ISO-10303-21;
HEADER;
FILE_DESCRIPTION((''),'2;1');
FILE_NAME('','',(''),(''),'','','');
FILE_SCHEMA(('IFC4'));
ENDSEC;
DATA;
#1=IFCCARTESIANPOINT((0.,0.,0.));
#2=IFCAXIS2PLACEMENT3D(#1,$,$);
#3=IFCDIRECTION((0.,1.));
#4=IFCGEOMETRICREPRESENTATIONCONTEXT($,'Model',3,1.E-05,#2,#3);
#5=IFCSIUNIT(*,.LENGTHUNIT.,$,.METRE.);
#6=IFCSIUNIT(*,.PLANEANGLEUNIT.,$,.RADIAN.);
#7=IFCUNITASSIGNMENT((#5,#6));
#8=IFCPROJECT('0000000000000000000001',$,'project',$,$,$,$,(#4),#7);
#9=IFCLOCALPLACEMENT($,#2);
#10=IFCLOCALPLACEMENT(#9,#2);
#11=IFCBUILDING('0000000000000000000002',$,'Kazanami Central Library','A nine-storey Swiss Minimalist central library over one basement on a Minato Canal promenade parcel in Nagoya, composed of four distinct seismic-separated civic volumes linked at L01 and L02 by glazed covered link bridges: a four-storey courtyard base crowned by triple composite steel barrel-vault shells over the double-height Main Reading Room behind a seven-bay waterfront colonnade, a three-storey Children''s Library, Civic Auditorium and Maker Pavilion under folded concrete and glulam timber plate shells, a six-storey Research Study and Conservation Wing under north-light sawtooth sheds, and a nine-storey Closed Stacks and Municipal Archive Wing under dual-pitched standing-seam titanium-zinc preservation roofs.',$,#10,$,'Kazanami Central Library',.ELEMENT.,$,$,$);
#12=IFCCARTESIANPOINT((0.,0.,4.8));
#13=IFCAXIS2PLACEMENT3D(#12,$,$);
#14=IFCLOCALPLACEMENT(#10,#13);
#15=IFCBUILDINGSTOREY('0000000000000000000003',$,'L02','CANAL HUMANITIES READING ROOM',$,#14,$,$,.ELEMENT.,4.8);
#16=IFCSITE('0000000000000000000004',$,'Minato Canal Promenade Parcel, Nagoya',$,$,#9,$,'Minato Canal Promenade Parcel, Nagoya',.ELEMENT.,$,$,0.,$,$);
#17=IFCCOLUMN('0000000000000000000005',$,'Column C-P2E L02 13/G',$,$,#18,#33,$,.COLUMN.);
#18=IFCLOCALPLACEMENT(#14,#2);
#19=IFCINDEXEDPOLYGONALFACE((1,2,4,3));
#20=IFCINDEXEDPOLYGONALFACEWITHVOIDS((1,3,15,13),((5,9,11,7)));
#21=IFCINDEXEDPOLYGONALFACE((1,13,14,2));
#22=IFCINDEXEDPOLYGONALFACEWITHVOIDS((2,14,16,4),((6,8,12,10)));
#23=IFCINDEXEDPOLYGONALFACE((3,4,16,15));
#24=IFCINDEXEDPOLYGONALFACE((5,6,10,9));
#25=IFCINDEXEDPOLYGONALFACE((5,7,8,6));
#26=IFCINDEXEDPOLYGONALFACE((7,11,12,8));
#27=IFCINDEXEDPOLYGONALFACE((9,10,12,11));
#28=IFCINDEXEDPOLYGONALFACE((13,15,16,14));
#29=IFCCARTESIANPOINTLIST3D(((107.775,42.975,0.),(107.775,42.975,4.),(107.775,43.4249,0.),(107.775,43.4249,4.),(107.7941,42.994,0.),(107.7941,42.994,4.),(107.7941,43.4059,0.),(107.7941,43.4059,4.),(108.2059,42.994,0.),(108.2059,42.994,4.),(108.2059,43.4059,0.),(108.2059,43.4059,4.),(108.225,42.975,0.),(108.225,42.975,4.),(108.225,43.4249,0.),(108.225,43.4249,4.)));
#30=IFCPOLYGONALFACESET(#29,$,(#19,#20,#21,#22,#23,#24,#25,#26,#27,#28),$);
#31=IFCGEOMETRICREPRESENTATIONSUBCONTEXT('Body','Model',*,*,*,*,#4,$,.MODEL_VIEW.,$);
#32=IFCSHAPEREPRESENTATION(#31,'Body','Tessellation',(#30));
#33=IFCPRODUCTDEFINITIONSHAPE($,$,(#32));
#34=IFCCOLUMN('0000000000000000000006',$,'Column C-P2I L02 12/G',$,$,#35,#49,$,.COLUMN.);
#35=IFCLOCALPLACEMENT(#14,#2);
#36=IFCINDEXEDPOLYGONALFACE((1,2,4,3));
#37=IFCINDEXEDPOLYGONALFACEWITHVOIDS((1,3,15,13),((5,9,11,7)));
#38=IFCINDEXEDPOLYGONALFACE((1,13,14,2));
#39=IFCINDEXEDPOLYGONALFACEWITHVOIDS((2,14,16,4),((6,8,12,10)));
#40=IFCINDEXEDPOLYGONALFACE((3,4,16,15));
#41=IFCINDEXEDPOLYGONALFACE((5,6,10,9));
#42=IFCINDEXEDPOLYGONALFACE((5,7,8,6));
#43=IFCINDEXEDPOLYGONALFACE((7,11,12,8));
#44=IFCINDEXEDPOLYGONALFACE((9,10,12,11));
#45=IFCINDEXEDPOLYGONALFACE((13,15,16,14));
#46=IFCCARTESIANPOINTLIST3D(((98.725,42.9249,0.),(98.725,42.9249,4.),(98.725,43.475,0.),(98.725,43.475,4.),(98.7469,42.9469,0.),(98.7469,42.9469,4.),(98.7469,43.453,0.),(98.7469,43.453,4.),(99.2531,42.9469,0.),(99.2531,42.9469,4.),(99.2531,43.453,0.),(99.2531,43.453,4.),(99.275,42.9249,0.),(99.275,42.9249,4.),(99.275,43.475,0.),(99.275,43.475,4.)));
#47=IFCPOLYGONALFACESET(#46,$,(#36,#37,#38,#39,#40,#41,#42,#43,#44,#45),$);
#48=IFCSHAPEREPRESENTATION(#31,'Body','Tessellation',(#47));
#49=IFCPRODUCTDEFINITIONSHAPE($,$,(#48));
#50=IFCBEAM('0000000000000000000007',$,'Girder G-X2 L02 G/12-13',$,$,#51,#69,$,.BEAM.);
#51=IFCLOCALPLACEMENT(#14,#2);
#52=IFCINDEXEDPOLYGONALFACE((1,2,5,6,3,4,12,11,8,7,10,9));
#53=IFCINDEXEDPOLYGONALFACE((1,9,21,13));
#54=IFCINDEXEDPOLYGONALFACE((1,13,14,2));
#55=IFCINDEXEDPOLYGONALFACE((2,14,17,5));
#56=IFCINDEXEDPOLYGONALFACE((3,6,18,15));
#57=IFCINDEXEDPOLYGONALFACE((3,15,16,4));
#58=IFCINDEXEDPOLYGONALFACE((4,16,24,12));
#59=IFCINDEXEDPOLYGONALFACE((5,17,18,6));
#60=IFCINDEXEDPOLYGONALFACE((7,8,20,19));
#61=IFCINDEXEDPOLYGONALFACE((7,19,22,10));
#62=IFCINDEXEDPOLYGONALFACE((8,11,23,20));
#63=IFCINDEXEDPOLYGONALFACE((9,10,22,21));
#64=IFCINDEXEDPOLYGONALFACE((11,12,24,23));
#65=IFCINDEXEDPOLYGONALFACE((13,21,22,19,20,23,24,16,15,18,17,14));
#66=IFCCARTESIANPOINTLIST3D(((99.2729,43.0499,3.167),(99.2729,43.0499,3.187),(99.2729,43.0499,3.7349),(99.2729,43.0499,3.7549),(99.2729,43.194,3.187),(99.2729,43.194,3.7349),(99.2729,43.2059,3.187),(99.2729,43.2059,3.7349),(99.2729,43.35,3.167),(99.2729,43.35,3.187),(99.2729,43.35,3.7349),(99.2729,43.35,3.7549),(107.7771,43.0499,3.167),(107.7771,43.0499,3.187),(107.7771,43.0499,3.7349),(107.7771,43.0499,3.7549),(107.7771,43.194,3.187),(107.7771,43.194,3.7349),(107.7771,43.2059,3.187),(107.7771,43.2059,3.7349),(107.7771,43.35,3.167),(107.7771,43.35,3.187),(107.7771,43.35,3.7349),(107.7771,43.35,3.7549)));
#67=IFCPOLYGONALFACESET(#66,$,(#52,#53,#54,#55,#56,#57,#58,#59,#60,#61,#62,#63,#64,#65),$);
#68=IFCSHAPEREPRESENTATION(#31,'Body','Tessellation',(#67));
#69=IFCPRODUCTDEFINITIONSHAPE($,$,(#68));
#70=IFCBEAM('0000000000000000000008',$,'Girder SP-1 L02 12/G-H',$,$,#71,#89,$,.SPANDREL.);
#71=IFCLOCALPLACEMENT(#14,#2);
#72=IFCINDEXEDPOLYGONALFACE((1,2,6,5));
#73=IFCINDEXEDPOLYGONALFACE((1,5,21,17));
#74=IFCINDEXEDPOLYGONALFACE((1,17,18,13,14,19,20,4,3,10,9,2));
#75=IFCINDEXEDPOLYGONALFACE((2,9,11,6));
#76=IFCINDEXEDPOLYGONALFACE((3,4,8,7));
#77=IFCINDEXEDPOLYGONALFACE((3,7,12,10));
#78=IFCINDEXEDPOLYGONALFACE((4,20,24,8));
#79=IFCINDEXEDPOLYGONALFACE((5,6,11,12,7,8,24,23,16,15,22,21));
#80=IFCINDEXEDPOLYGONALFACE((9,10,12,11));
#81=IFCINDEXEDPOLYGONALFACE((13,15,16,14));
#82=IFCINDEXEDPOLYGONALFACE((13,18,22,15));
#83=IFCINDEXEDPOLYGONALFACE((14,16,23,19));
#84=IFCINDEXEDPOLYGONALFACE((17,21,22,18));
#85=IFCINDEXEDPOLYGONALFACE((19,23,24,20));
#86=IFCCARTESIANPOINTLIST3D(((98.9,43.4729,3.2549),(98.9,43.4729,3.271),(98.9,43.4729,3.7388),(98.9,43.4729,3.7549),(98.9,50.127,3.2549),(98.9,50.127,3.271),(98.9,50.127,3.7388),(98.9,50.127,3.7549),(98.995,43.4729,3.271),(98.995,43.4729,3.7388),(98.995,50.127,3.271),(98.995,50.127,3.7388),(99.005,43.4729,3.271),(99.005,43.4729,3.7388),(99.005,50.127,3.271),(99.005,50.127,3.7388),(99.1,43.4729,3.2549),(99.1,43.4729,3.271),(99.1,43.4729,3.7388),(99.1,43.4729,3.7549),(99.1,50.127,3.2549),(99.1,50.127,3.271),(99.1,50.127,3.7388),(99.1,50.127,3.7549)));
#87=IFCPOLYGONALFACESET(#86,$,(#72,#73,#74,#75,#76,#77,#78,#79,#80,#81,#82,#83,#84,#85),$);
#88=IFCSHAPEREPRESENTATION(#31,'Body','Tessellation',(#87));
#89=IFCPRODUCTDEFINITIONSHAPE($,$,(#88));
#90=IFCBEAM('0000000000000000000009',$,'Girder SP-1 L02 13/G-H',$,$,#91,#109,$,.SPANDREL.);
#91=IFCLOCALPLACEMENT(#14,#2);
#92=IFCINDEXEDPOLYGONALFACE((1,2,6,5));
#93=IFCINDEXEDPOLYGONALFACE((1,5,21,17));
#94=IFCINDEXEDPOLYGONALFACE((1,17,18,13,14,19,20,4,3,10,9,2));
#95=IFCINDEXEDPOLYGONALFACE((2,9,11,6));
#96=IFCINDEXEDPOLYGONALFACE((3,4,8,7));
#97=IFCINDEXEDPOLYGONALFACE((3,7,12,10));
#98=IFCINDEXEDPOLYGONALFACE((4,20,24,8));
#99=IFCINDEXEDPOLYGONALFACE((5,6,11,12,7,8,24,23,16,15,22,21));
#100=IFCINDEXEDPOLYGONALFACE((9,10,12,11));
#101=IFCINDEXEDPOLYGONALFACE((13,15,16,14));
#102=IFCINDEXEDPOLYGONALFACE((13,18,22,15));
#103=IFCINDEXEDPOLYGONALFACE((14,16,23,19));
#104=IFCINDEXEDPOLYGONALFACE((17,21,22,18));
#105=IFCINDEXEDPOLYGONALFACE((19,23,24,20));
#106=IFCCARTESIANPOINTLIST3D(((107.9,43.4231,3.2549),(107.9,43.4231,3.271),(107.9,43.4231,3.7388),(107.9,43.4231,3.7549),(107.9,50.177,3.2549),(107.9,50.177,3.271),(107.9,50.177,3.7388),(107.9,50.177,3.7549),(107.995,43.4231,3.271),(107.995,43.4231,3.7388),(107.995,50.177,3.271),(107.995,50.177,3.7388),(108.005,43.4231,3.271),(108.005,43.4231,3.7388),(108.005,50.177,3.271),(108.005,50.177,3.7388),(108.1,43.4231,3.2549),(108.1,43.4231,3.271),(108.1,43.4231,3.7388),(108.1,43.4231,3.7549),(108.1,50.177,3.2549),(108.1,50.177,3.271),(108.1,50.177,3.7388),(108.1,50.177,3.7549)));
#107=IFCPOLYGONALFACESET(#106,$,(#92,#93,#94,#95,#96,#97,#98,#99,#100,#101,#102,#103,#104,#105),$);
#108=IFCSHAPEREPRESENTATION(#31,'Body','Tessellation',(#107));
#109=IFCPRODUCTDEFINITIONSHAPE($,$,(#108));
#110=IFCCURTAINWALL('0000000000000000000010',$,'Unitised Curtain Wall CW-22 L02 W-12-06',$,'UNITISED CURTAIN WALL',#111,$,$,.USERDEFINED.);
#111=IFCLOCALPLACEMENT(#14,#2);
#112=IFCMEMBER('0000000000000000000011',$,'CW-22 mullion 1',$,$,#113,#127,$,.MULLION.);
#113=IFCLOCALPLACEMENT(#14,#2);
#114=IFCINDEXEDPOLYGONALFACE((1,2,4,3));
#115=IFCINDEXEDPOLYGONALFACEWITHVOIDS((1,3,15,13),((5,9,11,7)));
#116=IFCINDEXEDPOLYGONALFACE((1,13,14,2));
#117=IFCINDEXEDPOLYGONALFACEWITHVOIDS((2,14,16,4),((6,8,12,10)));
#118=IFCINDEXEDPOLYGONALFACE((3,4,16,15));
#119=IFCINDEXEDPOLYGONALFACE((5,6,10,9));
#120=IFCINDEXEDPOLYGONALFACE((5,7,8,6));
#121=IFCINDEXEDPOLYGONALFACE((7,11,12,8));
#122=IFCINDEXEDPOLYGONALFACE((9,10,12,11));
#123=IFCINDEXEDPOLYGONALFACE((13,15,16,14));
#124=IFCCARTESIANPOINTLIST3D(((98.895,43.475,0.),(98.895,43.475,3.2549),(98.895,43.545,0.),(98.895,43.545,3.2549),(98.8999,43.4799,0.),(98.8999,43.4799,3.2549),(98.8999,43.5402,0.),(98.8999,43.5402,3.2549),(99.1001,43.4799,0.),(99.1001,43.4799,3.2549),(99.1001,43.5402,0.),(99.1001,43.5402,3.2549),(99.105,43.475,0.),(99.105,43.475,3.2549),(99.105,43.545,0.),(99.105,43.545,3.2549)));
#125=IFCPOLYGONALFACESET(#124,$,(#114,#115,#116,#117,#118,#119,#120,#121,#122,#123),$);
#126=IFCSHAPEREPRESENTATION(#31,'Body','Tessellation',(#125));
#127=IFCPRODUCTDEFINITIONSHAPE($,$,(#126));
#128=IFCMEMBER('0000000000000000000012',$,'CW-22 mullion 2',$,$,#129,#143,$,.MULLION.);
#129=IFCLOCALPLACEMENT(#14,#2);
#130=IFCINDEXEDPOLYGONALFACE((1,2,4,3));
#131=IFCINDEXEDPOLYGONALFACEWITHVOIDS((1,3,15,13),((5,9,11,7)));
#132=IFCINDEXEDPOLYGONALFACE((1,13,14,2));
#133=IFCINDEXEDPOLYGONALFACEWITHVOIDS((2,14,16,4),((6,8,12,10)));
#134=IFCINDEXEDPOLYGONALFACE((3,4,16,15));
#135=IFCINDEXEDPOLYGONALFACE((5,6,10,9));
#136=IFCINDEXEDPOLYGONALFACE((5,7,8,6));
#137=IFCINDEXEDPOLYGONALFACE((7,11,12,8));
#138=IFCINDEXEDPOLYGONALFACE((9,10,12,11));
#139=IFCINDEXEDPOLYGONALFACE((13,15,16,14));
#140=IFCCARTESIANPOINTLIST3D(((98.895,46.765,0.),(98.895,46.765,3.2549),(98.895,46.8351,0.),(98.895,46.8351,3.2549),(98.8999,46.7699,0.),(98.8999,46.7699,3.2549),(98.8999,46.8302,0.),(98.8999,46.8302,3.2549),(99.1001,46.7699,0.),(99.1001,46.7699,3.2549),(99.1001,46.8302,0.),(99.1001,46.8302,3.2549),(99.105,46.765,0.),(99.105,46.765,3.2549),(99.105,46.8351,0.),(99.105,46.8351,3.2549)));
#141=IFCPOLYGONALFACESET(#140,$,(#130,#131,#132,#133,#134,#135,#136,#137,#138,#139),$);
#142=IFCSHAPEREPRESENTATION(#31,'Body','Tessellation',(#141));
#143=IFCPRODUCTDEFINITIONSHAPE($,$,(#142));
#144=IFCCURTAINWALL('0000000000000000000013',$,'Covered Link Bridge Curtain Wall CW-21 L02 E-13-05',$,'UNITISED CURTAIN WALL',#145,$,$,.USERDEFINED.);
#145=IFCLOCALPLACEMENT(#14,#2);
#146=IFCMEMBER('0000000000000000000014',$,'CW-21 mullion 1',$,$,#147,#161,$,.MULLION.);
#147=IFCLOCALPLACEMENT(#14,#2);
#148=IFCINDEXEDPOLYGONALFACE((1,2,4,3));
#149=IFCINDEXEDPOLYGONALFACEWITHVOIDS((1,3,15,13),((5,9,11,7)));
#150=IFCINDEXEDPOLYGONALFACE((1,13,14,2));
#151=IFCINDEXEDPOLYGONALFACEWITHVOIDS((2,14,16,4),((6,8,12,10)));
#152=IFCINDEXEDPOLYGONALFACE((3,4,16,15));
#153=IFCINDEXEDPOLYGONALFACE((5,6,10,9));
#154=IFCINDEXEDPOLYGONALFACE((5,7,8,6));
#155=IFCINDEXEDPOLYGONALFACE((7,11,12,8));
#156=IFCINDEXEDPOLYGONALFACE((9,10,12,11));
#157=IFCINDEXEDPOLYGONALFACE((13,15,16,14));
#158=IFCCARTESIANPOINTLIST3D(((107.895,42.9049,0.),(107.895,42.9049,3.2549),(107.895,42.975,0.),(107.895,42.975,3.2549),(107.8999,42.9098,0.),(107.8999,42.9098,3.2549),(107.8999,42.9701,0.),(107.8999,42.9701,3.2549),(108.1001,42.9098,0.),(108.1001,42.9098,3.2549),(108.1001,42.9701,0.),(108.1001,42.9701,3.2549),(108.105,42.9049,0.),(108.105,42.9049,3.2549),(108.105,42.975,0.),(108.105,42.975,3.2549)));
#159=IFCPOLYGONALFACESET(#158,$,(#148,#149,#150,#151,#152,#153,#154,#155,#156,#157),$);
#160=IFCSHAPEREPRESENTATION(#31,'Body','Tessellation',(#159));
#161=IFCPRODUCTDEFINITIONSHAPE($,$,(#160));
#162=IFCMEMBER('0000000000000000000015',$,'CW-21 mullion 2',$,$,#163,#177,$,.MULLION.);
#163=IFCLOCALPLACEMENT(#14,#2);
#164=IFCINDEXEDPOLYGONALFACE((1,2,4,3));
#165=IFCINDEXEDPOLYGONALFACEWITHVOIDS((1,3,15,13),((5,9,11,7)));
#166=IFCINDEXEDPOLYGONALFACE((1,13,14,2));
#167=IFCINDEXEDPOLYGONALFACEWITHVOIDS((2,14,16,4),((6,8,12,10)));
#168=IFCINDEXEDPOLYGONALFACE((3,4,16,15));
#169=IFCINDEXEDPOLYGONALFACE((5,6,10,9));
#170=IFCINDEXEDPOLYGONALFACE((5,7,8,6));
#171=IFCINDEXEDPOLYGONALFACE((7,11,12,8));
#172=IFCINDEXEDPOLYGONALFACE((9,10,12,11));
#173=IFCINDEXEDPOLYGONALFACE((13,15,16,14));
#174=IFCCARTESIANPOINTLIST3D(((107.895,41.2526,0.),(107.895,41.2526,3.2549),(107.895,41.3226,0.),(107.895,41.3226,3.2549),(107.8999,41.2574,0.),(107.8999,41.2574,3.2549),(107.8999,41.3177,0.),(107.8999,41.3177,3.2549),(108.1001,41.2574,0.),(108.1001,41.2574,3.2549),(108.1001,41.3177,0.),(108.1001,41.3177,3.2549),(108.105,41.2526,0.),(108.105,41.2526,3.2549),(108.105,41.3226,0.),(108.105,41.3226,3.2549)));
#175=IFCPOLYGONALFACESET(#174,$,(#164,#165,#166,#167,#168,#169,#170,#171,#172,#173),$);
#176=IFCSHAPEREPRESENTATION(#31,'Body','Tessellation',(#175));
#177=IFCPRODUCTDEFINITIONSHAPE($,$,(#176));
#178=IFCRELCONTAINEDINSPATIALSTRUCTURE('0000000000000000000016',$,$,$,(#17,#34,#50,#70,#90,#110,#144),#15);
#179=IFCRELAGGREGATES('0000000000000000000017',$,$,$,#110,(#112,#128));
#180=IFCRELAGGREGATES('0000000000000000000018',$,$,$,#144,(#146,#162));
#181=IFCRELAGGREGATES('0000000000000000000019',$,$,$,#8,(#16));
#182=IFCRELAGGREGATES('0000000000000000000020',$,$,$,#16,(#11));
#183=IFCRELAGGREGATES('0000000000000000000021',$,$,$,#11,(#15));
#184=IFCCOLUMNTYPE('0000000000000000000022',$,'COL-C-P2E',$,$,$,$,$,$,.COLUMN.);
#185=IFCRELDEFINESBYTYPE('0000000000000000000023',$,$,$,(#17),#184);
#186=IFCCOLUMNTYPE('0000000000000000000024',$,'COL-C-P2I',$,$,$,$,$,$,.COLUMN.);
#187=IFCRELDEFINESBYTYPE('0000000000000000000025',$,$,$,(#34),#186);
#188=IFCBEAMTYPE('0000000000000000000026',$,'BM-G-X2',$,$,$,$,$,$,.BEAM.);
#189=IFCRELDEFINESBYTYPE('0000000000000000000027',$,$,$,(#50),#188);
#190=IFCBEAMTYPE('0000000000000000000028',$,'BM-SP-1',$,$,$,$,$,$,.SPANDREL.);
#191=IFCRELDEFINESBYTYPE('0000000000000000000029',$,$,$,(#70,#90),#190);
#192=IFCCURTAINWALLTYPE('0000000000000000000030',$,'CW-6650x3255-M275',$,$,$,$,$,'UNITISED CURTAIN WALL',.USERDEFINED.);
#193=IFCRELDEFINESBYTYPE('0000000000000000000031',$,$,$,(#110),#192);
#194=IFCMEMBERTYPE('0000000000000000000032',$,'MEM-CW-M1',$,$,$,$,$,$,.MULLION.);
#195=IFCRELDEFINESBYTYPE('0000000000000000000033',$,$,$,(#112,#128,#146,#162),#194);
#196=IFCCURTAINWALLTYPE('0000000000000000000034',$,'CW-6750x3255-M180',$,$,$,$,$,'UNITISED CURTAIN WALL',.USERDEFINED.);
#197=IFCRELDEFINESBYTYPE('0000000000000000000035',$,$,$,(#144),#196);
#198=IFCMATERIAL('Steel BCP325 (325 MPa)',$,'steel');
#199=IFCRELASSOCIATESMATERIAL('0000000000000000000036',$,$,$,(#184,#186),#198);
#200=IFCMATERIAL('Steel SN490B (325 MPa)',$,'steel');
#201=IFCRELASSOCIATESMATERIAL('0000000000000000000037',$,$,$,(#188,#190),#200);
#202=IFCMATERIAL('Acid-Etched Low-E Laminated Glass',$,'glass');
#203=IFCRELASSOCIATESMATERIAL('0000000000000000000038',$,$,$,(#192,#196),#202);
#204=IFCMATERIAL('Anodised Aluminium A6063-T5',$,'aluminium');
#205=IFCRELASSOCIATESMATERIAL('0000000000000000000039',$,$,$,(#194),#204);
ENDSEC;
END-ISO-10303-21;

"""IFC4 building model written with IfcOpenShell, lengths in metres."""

from ifc_helpers import new_model, si_unit, direction, frame, origin, origin_2d, place, context, subcontext, project, spatial, hollow_rectangle, i_section, extrude, material, material_profile, profile_set, type_object, element, aggregate, save


model = new_model("IFC4")

# Units and contexts
model_context = context("Model", 3, precision=1e-05, world=origin(), true_north=direction((0.0, 1.0)))
body_context = subcontext(model_context, "Body", "Model", "MODEL_VIEW")
ifc_project = project(units=[si_unit("LENGTHUNIT", "METRE"), si_unit("PLANEANGLEUNIT", "RADIAN")], contexts=[model_context])

# Site, building, storey
site_placement = place(None, origin())
site = spatial("IfcSite", under=ifc_project, at=site_placement, Name="Minato Canal Promenade Parcel, Nagoya", LongName="Minato Canal Promenade Parcel, Nagoya", CompositionType="ELEMENT", RefElevation=0.0)
building_placement = place(site_placement, origin())
building = spatial("IfcBuilding", under=site, at=building_placement, Name="Kazanami Central Library", Description="A nine-storey Swiss Minimalist central library over one basement on a Minato Canal promenade parcel in Nagoya, composed of four distinct seismic-separated civic volumes linked at L01 and L02 by glazed covered link bridges: a four-storey courtyard base crowned by triple composite steel barrel-vault shells over the double-height Main Reading Room behind a seven-bay waterfront colonnade, a three-storey Children's Library, Civic Auditorium and Maker Pavilion under folded concrete and glulam timber plate shells, a six-storey Research Study and Conservation Wing under north-light sawtooth sheds, and a nine-storey Closed Stacks and Municipal Archive Wing under dual-pitched standing-seam titanium-zinc preservation roofs.", LongName="Kazanami Central Library", CompositionType="ELEMENT")
storey_placement = place(building_placement, frame((0.0, 0.0, 4.8)))
storey = spatial("IfcBuildingStorey", under=building, at=storey_placement, Name="L02", Description="CANAL HUMANITIES READING ROOM", CompositionType="ELEMENT", Elevation=4.8)

# Columns
ifc_material_1 = material(Name="Steel BCP325 (325 MPa)", Category="steel")
ifc_material_profile_1 = material_profile(ifc_material_1, hollow_rectangle(XDim=0.45, YDim=0.45, WallThickness=0.019, at=origin_2d()), Name="BCP-450x450x19")
ifc_profile_set_1 = profile_set([ifc_material_profile_1], Name="Steel BCP325 (325 MPa)")
column_type_1 = type_object("IfcColumnType", Name="COL-C-P2E", PredefinedType="COLUMN", material=ifc_profile_set_1)
column_1_placement = place(storey_placement, frame((108.0, 43.2, 0.0), z_axis=(0.0, 0.0, 1.0), x_axis=(1.0, 0.0, 0.0)))
element("IfcColumn", 1, at=column_1_placement, inside=storey, type_object=column_type_1, Name="Column C-P2E L02 13/G", PredefinedType="COLUMN", context=body_context, shape_type="SweptSolid", body=[
    extrude(hollow_rectangle(XDim=0.45, YDim=0.45, WallThickness=0.019, at=origin_2d()), origin(), (0.0, 0.0, 1.0), 4.0),
])
ifc_material_profile_2 = material_profile(ifc_material_1, hollow_rectangle(XDim=0.55, YDim=0.55, WallThickness=0.022, at=origin_2d()), Name="BCP-550x550x22")
ifc_profile_set_2 = profile_set([ifc_material_profile_2], Name="Steel BCP325 (325 MPa)")
column_type_2 = type_object("IfcColumnType", Name="COL-C-P2I", PredefinedType="COLUMN", material=ifc_profile_set_2)
column_2_placement = place(storey_placement, frame((99.0, 43.2, 0.0), z_axis=(0.0, 0.0, 1.0), x_axis=(1.0, 0.0, 0.0)))
element("IfcColumn", 2, at=column_2_placement, inside=storey, type_object=column_type_2, Name="Column C-P2I L02 12/G", PredefinedType="COLUMN", context=body_context, shape_type="SweptSolid", body=[
    extrude(hollow_rectangle(XDim=0.55, YDim=0.55, WallThickness=0.022, at=origin_2d()), origin(), (0.0, 0.0, 1.0), 4.0),
])

# Beams
ifc_material_2 = material(Name="Steel SN490B (325 MPa)", Category="steel")
ifc_material_profile_3 = material_profile(ifc_material_2, i_section(OverallWidth=0.3, OverallDepth=0.5879, WebThickness=0.012, FlangeThickness=0.02, at=origin_2d()), Name="H-588x300x12x20")
ifc_profile_set_3 = profile_set([ifc_material_profile_3], Name="Steel SN490B (325 MPa)")
beam_type_1 = type_object("IfcBeamType", Name="BM-G-X2", PredefinedType="BEAM", material=ifc_profile_set_3)
beam_1_placement = place(storey_placement, frame((99.2729, 43.2, 3.4609), z_axis=(1.0, 0.0, 0.0), x_axis=(0.0, 1.0, 0.0)))
element("IfcBeam", 3, at=beam_1_placement, inside=storey, type_object=beam_type_1, Name="Girder G-X2 L02 G/12-13", PredefinedType="BEAM", context=body_context, shape_type="SweptSolid", body=[
    extrude(i_section(OverallWidth=0.3, OverallDepth=0.5879, WebThickness=0.012, FlangeThickness=0.02, at=origin_2d()), origin(), (0.0, 0.0, 1.0), 8.5042),
])
ifc_material_profile_4 = material_profile(ifc_material_2, i_section(OverallWidth=0.2, OverallDepth=0.5, WebThickness=0.01, FlangeThickness=0.0161, at=origin_2d()), Name="H-500x200x10x16")
ifc_profile_set_4 = profile_set([ifc_material_profile_4], Name="Steel SN490B (325 MPa)")
beam_type_2 = type_object("IfcBeamType", Name="BM-SP-1", PredefinedType="SPANDREL", material=ifc_profile_set_4)
beam_2_placement = place(storey_placement, frame((99.0, 43.4729, 3.5049), z_axis=(0.0, 1.0, 0.0), x_axis=(-1.0, 0.0, 0.0)))
element("IfcBeam", 4, at=beam_2_placement, inside=storey, type_object=beam_type_2, Name="Girder SP-1 L02 12/G-H", PredefinedType="SPANDREL", context=body_context, shape_type="SweptSolid", body=[
    extrude(i_section(OverallWidth=0.2, OverallDepth=0.5, WebThickness=0.01, FlangeThickness=0.0161, at=origin_2d()), origin(), (0.0, 0.0, 1.0), 6.6541),
])
beam_3_placement = place(storey_placement, frame((108.0, 43.4231, 3.5049), z_axis=(0.0, 1.0, 0.0), x_axis=(-1.0, 0.0, 0.0)))
element("IfcBeam", 5, at=beam_3_placement, inside=storey, type_object=beam_type_2, Name="Girder SP-1 L02 13/G-H", PredefinedType="SPANDREL", context=body_context, shape_type="SweptSolid", body=[
    extrude(i_section(OverallWidth=0.2, OverallDepth=0.5, WebThickness=0.01, FlangeThickness=0.0161, at=origin_2d()), origin(), (0.0, 0.0, 1.0), 6.7539),
])

# Curtain walls, members
ifc_material_3 = material(Name="Acid-Etched Low-E Laminated Glass", Category="glass")
curtain_wall_type_1 = type_object("IfcCurtainWallType", Name="CW-6650x3255-M275", ElementType="UNITISED CURTAIN WALL", PredefinedType="USERDEFINED", material=ifc_material_3)
curtain_wall_1_placement = place(storey_placement, origin())
curtain_wall_1 = element("IfcCurtainWall", 6, at=curtain_wall_1_placement, inside=storey, type_object=curtain_wall_type_1, Name="Unitised Curtain Wall CW-22 L02 W-12-06", ObjectType="UNITISED CURTAIN WALL", PredefinedType="USERDEFINED")
ifc_material_4 = material(Name="Anodised Aluminium A6063-T5", Category="aluminium")
ifc_material_profile_5 = material_profile(ifc_material_4, hollow_rectangle(XDim=0.0701, YDim=0.21, WallThickness=0.0049, at=origin_2d()), Name="ALU-MULL-70x210x5")
ifc_profile_set_5 = profile_set([ifc_material_profile_5], Name="Anodised Aluminium A6063-T5")
member_type_1 = type_object("IfcMemberType", Name="MEM-CW-M1", PredefinedType="MULLION", material=ifc_profile_set_5)
member_1_placement = place(storey_placement, frame((99.0, 43.51, 0.0), z_axis=(0.0, 0.0, 1.0), x_axis=(0.0, 1.0, 0.0)))
member_1 = element("IfcMember", 7, at=member_1_placement, type_object=member_type_1, Name="CW-22 mullion 1", PredefinedType="MULLION", context=body_context, shape_type="SweptSolid", body=[
    extrude(hollow_rectangle(XDim=0.0701, YDim=0.21, WallThickness=0.0049, at=origin_2d()), origin(), (0.0, 0.0, 1.0), 3.2549),
])
member_2_placement = place(storey_placement, frame((99.0, 46.8, 0.0), z_axis=(0.0, 0.0, 1.0), x_axis=(0.0, 1.0, 0.0)))
member_2 = element("IfcMember", 8, at=member_2_placement, type_object=member_type_1, Name="CW-22 mullion 2", PredefinedType="MULLION", context=body_context, shape_type="SweptSolid", body=[
    extrude(hollow_rectangle(XDim=0.0701, YDim=0.21, WallThickness=0.0049, at=origin_2d()), origin(), (0.0, 0.0, 1.0), 3.2549),
])
curtain_wall_type_2 = type_object("IfcCurtainWallType", Name="CW-6750x3255-M180", ElementType="UNITISED CURTAIN WALL", PredefinedType="USERDEFINED", material=ifc_material_3)
curtain_wall_2_placement = place(storey_placement, origin())
curtain_wall_2 = element("IfcCurtainWall", 9, at=curtain_wall_2_placement, inside=storey, type_object=curtain_wall_type_2, Name="Covered Link Bridge Curtain Wall CW-21 L02 E-13-05", ObjectType="UNITISED CURTAIN WALL", PredefinedType="USERDEFINED")
member_3_placement = place(storey_placement, frame((108.0, 42.9399, 0.0), z_axis=(0.0, 0.0, 1.0), x_axis=(0.0, -1.0, 0.0)))
member_3 = element("IfcMember", 10, at=member_3_placement, type_object=member_type_1, Name="CW-21 mullion 1", PredefinedType="MULLION", context=body_context, shape_type="SweptSolid", body=[
    extrude(hollow_rectangle(XDim=0.0701, YDim=0.21, WallThickness=0.0049, at=origin_2d()), origin(), (0.0, 0.0, 1.0), 3.2549),
])
member_4_placement = place(storey_placement, frame((108.0, 41.2876, 0.0), z_axis=(0.0, 0.0, 1.0), x_axis=(0.0, -1.0, 0.0)))
member_4 = element("IfcMember", 11, at=member_4_placement, type_object=member_type_1, Name="CW-21 mullion 2", PredefinedType="MULLION", context=body_context, shape_type="SweptSolid", body=[
    extrude(hollow_rectangle(XDim=0.0701, YDim=0.21, WallThickness=0.0049, at=origin_2d()), origin(), (0.0, 0.0, 1.0), 3.2549),
])

aggregate(curtain_wall_1, [member_1, member_2])
aggregate(curtain_wall_2, [member_3, member_4])

save(model, "model.ifc")
